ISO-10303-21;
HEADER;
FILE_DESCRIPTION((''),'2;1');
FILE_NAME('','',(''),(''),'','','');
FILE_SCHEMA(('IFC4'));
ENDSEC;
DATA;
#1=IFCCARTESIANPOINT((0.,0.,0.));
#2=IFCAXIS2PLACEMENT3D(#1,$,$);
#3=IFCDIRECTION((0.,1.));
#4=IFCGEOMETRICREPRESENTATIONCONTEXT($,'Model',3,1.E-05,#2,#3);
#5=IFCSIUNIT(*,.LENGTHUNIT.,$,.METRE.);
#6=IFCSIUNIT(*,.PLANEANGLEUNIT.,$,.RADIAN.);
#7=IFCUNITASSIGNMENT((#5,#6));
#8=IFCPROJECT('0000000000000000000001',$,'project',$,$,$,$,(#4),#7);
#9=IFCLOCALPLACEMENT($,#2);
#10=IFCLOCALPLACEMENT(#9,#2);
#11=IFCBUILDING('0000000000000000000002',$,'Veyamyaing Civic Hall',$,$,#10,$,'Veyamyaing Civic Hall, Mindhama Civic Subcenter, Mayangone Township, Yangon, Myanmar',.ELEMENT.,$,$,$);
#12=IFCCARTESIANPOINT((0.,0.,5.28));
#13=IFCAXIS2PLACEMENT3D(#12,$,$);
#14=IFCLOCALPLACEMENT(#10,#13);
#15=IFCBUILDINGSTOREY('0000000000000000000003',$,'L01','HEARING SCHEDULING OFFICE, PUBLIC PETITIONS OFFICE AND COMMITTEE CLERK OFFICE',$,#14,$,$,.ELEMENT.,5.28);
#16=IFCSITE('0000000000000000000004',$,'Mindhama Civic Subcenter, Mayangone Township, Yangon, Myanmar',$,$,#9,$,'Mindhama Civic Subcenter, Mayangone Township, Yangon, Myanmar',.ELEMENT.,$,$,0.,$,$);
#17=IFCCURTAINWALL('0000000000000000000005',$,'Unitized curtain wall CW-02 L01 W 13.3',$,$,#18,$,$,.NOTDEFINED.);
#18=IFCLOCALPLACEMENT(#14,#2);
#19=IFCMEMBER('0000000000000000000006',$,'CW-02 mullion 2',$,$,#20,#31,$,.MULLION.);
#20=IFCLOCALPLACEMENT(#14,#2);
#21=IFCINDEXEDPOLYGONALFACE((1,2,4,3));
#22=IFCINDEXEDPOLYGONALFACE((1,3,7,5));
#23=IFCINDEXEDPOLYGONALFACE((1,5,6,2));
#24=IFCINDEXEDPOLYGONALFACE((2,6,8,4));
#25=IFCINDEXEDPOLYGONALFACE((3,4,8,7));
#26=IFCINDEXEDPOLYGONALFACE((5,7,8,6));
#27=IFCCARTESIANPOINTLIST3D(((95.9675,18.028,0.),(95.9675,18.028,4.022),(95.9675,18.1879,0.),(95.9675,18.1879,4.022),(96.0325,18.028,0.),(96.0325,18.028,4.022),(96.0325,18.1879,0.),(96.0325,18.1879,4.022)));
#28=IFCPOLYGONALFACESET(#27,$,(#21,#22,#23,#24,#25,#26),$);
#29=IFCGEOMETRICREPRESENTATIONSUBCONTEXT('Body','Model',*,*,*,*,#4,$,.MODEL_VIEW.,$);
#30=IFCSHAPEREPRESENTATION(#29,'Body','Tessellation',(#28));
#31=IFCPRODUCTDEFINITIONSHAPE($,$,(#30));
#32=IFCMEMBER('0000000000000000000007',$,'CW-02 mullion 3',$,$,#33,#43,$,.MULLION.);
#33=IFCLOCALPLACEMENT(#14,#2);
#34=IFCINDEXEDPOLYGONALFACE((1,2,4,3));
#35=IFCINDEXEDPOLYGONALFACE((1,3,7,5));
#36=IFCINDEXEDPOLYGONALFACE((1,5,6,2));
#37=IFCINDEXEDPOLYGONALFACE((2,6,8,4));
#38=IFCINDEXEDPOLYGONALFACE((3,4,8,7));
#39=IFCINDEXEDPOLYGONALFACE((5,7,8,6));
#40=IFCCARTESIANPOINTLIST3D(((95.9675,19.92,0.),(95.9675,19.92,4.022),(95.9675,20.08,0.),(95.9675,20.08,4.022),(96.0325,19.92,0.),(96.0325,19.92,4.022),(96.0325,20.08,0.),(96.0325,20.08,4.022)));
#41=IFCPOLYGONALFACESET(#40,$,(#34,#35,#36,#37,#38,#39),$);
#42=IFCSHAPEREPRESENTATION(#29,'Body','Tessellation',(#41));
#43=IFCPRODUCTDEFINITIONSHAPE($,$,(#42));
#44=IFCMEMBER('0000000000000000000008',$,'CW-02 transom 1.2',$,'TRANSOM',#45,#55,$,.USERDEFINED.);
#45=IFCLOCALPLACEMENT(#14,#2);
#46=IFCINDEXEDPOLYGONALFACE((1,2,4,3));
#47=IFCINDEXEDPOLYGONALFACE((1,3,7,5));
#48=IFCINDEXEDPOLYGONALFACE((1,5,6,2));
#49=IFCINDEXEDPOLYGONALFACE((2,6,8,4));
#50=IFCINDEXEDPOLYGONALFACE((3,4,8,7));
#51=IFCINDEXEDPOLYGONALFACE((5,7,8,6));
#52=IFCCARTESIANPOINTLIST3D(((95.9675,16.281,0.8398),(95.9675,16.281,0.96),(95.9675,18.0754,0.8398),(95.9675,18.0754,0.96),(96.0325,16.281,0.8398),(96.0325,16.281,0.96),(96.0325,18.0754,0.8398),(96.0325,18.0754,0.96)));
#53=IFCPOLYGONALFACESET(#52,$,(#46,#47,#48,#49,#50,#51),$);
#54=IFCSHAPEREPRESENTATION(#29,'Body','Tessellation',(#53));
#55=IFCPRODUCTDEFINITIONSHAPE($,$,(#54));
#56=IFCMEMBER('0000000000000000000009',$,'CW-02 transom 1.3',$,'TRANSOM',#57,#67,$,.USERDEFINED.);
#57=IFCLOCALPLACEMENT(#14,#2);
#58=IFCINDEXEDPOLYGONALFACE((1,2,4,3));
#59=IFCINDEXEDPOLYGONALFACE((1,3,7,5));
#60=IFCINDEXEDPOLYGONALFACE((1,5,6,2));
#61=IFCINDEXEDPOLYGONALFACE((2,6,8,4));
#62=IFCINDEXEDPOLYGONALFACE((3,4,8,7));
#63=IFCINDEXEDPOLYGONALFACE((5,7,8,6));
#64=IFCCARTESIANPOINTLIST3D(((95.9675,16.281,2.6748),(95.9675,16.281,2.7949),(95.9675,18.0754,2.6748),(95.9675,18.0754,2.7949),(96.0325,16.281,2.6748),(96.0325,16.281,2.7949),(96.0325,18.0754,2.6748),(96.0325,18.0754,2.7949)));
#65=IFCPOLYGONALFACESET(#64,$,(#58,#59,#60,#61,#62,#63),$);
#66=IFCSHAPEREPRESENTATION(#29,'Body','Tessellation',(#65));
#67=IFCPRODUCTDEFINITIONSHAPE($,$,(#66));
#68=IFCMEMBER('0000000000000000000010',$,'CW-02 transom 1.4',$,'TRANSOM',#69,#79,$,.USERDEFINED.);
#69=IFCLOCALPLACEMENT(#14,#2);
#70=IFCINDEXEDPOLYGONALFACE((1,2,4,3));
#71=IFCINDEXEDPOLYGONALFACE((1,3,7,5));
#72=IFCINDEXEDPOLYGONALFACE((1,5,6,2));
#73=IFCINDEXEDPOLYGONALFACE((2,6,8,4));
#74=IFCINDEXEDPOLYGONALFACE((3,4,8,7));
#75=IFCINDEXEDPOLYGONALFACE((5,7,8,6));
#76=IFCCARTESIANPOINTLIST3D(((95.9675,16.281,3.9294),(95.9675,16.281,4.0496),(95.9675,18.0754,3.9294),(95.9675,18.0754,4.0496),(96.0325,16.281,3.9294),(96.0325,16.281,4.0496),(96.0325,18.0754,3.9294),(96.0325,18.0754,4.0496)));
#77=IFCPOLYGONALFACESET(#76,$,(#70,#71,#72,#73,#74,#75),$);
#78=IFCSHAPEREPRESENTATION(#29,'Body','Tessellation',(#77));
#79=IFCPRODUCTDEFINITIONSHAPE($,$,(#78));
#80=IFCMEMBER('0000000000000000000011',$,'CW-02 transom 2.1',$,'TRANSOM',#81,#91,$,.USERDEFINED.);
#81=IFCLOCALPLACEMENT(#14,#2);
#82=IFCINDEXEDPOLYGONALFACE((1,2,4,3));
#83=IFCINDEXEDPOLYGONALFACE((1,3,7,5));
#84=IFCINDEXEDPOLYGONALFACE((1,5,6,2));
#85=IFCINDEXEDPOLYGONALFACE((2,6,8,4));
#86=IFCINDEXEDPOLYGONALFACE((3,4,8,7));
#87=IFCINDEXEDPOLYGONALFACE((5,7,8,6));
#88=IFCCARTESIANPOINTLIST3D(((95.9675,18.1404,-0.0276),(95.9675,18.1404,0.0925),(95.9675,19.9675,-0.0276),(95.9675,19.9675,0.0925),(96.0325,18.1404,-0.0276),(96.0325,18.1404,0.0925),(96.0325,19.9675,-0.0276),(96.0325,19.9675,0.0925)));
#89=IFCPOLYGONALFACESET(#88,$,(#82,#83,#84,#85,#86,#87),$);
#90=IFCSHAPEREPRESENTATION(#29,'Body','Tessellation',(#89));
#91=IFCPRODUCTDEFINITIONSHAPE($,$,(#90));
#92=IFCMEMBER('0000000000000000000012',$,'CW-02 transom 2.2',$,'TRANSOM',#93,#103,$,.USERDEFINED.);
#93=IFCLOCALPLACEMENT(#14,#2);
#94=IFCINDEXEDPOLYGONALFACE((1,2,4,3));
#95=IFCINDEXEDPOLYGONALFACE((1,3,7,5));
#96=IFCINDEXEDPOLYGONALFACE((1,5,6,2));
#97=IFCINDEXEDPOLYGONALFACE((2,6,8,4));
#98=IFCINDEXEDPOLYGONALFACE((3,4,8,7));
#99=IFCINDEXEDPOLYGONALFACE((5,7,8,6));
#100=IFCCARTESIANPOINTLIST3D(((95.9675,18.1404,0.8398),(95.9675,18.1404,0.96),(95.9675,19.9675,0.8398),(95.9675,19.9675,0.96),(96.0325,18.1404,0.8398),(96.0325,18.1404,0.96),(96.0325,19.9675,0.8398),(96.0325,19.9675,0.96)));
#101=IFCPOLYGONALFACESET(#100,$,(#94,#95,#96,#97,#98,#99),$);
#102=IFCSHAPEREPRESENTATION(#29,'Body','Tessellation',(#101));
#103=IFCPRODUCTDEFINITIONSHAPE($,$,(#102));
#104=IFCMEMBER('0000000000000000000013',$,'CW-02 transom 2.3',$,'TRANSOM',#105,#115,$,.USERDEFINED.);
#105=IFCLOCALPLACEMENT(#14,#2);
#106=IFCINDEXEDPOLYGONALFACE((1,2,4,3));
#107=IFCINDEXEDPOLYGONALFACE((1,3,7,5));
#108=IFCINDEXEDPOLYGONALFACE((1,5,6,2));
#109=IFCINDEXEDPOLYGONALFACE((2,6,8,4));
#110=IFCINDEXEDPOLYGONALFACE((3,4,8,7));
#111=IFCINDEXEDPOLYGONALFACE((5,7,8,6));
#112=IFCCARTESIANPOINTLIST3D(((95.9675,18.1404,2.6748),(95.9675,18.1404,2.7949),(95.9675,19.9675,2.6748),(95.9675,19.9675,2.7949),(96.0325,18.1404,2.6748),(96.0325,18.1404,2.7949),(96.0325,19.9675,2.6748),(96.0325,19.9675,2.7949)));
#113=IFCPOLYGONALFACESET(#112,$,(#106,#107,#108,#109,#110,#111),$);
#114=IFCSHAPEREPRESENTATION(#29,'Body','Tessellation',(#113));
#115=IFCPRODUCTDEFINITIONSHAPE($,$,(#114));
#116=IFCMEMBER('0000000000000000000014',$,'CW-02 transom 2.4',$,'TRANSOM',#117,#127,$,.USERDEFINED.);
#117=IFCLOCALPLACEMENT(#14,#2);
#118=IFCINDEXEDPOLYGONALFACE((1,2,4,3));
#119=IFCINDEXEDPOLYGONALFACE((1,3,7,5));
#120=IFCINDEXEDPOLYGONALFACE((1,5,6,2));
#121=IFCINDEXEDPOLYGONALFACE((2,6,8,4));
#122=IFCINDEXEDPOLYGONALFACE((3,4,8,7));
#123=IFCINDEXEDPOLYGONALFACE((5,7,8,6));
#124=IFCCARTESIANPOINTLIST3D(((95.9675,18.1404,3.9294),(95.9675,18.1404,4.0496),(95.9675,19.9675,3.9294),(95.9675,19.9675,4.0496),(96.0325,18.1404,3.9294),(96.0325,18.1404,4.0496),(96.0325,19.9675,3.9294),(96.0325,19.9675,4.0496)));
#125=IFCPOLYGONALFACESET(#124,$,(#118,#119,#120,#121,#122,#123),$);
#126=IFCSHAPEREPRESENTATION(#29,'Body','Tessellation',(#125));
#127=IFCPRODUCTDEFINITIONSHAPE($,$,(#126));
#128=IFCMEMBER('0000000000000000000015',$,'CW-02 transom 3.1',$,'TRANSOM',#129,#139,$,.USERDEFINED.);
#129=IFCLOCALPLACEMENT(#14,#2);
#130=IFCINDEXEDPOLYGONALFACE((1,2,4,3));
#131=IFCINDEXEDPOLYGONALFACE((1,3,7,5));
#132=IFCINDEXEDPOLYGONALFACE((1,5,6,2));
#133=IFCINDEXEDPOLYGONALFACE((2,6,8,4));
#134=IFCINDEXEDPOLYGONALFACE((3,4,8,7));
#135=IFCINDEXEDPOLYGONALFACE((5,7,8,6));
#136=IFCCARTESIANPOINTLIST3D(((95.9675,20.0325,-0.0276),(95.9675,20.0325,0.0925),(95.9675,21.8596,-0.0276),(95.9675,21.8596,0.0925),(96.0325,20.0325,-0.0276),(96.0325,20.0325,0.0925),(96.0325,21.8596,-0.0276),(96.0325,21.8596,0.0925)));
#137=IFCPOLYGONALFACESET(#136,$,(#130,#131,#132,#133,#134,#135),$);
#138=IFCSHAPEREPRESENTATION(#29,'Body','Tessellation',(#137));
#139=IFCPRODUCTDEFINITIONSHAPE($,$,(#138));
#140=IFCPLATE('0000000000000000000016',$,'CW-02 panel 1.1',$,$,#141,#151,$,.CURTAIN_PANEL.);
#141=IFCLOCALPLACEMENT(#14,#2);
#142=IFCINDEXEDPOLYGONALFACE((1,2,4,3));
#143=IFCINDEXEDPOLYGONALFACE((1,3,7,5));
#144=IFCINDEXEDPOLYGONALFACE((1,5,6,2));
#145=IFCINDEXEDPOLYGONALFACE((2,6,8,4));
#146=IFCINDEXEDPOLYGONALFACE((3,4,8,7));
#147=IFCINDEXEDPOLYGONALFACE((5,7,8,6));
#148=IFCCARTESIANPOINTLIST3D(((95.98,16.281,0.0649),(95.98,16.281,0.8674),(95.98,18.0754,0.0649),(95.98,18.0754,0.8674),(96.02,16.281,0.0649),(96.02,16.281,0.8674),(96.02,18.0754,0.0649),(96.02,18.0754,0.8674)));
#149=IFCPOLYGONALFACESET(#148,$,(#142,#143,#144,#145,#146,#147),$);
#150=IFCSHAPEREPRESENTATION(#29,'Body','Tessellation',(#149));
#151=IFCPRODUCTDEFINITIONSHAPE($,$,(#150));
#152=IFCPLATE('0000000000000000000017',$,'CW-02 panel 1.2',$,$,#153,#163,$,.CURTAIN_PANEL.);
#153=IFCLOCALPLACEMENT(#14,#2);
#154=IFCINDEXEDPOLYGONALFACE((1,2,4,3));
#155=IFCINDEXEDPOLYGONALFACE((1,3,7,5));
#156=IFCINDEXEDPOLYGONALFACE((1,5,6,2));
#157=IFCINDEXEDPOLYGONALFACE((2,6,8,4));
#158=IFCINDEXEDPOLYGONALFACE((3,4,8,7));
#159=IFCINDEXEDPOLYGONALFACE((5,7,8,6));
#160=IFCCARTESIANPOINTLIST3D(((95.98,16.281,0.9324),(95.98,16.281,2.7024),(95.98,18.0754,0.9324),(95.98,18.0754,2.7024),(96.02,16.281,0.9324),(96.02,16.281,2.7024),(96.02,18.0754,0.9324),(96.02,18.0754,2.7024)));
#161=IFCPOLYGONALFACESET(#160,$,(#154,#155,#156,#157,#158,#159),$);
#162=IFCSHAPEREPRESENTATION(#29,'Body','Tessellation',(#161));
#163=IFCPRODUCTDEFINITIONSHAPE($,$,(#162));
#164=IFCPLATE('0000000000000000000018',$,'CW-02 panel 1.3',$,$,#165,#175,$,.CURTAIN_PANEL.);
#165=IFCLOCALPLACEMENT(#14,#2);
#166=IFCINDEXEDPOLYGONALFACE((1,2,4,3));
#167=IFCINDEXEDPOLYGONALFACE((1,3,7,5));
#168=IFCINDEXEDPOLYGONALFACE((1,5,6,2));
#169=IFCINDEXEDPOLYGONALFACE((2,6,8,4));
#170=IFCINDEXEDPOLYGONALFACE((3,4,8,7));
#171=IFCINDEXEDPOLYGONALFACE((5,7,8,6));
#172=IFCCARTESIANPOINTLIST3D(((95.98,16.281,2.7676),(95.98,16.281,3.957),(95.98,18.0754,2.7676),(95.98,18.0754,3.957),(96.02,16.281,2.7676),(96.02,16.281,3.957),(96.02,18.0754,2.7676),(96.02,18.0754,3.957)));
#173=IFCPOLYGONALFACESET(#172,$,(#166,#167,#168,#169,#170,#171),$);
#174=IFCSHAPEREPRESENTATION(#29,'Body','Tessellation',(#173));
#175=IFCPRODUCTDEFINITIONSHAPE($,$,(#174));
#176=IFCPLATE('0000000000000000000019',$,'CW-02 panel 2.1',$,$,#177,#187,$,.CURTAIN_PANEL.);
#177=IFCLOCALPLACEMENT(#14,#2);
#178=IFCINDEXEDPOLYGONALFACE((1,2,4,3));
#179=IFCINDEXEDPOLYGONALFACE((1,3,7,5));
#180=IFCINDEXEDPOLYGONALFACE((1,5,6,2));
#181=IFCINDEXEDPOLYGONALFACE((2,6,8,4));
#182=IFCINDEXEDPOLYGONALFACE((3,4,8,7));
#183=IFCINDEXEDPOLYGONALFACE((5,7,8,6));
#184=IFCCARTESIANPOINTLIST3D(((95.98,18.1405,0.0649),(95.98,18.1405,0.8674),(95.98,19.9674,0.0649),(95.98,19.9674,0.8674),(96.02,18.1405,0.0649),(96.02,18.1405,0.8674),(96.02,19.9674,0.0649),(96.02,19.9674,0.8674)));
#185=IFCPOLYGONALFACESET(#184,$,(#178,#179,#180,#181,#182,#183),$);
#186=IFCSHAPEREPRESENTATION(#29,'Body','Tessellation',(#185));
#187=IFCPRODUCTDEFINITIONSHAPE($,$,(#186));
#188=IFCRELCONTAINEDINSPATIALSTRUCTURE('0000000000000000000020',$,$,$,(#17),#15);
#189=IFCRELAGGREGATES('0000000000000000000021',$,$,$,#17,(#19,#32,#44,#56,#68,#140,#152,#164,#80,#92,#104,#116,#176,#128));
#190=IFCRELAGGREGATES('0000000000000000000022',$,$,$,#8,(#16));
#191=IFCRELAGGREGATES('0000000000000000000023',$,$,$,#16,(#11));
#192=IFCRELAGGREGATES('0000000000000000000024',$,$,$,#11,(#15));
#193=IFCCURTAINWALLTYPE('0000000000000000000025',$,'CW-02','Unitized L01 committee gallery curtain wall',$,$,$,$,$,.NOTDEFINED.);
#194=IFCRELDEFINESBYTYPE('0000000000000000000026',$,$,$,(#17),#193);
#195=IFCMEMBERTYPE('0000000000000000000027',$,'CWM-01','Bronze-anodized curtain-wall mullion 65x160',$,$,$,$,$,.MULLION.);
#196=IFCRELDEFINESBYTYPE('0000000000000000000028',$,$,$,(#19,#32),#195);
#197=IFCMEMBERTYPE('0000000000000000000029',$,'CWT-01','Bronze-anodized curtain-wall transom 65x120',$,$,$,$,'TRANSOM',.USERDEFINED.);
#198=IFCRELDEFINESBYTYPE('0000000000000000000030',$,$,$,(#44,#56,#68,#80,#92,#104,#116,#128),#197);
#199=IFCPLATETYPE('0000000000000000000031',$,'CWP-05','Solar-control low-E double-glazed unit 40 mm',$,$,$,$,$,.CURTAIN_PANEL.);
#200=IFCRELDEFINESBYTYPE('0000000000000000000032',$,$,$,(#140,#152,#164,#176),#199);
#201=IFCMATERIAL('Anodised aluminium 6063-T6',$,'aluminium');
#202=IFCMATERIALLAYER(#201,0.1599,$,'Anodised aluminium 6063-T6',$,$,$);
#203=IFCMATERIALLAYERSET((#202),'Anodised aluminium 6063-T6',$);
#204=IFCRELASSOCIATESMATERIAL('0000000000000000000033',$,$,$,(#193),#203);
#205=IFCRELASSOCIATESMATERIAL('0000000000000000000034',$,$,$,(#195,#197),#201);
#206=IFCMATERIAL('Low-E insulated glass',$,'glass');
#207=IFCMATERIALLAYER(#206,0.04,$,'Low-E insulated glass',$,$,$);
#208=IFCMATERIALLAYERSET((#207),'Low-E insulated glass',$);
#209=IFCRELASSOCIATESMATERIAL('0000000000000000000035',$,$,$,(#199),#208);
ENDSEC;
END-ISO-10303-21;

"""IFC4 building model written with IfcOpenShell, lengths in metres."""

from ifc_helpers import new_model, si_unit, direction, frame, origin, origin_2d, place, context, subcontext, project, spatial, rectangle, extrude, material, layer, layer_set, material_profile, profile_set, type_object, element, aggregate, save


model = new_model("IFC4")

# Units and contexts
model_context = context("Model", 3, precision=1e-05, world=origin(), true_north=direction((0.0, 1.0)))
body_context = subcontext(model_context, "Body", "Model", "MODEL_VIEW")
ifc_project = project(units=[si_unit("LENGTHUNIT", "METRE"), si_unit("PLANEANGLEUNIT", "RADIAN")], contexts=[model_context])

# Site, building, storey
site_placement = place(None, origin())
site = spatial("IfcSite", under=ifc_project, at=site_placement, Name="Mindhama Civic Subcenter, Mayangone Township, Yangon, Myanmar", LongName="Mindhama Civic Subcenter, Mayangone Township, Yangon, Myanmar", CompositionType="ELEMENT", RefElevation=0.0)
building_placement = place(site_placement, origin())
building = spatial("IfcBuilding", under=site, at=building_placement, Name="Veyamyaing Civic Hall", LongName="Veyamyaing Civic Hall, Mindhama Civic Subcenter, Mayangone Township, Yangon, Myanmar", CompositionType="ELEMENT")
storey_placement = place(building_placement, frame((0.0, 0.0, 5.28)))
storey = spatial("IfcBuildingStorey", under=building, at=storey_placement, Name="L01", Description="HEARING SCHEDULING OFFICE, PUBLIC PETITIONS OFFICE AND COMMITTEE CLERK OFFICE", CompositionType="ELEMENT", Elevation=5.28)

# Curtain wall, members, plates
ifc_material_1 = material(Name="Anodised aluminium 6063-T6", Category="aluminium")
ifc_layer_1 = layer(ifc_material_1, 0.1599, Name="Anodised aluminium 6063-T6")
ifc_layer_set_1 = layer_set([ifc_layer_1], Name="Anodised aluminium 6063-T6")
curtain_wall_type = type_object("IfcCurtainWallType", Name="CW-02", Description="Unitized L01 committee gallery curtain wall", PredefinedType="NOTDEFINED", material=ifc_layer_set_1)
curtain_wall_placement = place(storey_placement, origin())
curtain_wall = element("IfcCurtainWall", 1, at=curtain_wall_placement, inside=storey, type_object=curtain_wall_type, Name="Unitized curtain wall CW-02 L01 W 13.3", PredefinedType="NOTDEFINED")
ifc_material_profile_1 = material_profile(ifc_material_1, rectangle(XDim=0.0649, YDim=0.1599, at=origin_2d()), Name="ALU-MUL-65X160")
ifc_profile_set_1 = profile_set([ifc_material_profile_1], Name="Anodised aluminium 6063-T6")
member_type_1 = type_object("IfcMemberType", Name="CWM-01", Description="Bronze-anodized curtain-wall mullion 65x160", PredefinedType="MULLION", material=ifc_profile_set_1)
member_1_placement = place(storey_placement, frame((96.0, 18.1079, 0.0), z_axis=(0.0, 0.0, 1.0), x_axis=(-1.0, 0.0, 0.0)))
member_1 = element("IfcMember", 2, at=member_1_placement, type_object=member_type_1, Name="CW-02 mullion 2", PredefinedType="MULLION", context=body_context, shape_type="SweptSolid", body=[
    extrude(rectangle(XDim=0.0649, YDim=0.1599, at=origin_2d()), origin(), (0.0, 0.0, 1.0), 4.022),
])
member_2_placement = place(storey_placement, frame((96.0, 20.0, 0.0), z_axis=(0.0, 0.0, 1.0), x_axis=(-1.0, 0.0, 0.0)))
member_2 = element("IfcMember", 3, at=member_2_placement, type_object=member_type_1, Name="CW-02 mullion 3", PredefinedType="MULLION", context=body_context, shape_type="SweptSolid", body=[
    extrude(rectangle(XDim=0.0649, YDim=0.1599, at=origin_2d()), origin(), (0.0, 0.0, 1.0), 4.022),
])
ifc_material_profile_2 = material_profile(ifc_material_1, rectangle(XDim=0.0649, YDim=0.1201, at=origin_2d()), Name="ALU-TRN-65X120")
ifc_profile_set_2 = profile_set([ifc_material_profile_2], Name="Anodised aluminium 6063-T6")
member_type_2 = type_object("IfcMemberType", Name="CWT-01", Description="Bronze-anodized curtain-wall transom 65x120", ElementType="TRANSOM", PredefinedType="USERDEFINED", material=ifc_profile_set_2)
member_3_placement = place(storey_placement, frame((96.0, 16.281, 0.8999), z_axis=(0.0, 1.0, 0.0), x_axis=(-1.0, 0.0, 0.0)))
member_3 = element("IfcMember", 4, at=member_3_placement, type_object=member_type_2, Name="CW-02 transom 1.2", ObjectType="TRANSOM", PredefinedType="USERDEFINED", context=body_context, shape_type="SweptSolid", body=[
    extrude(rectangle(XDim=0.0649, YDim=0.1201, at=origin_2d()), origin(), (0.0, 0.0, 1.0), 1.7944),
])
member_4_placement = place(storey_placement, frame((96.0, 16.281, 2.7349), z_axis=(0.0, 1.0, 0.0), x_axis=(-1.0, 0.0, 0.0)))
member_4 = element("IfcMember", 5, at=member_4_placement, type_object=member_type_2, Name="CW-02 transom 1.3", ObjectType="TRANSOM", PredefinedType="USERDEFINED", context=body_context, shape_type="SweptSolid", body=[
    extrude(rectangle(XDim=0.0649, YDim=0.1201, at=origin_2d()), origin(), (0.0, 0.0, 1.0), 1.7944),
])
member_5_placement = place(storey_placement, frame((96.0, 16.281, 3.9895), z_axis=(0.0, 1.0, 0.0), x_axis=(-1.0, 0.0, 0.0)))
member_5 = element("IfcMember", 6, at=member_5_placement, type_object=member_type_2, Name="CW-02 transom 1.4", ObjectType="TRANSOM", PredefinedType="USERDEFINED", context=body_context, shape_type="SweptSolid", body=[
    extrude(rectangle(XDim=0.0649, YDim=0.1201, at=origin_2d()), origin(), (0.0, 0.0, 1.0), 1.7944),
])
member_6_placement = place(storey_placement, frame((96.0, 18.1404, 0.0325), z_axis=(0.0, 1.0, 0.0), x_axis=(-1.0, 0.0, 0.0)))
member_6 = element("IfcMember", 7, at=member_6_placement, type_object=member_type_2, Name="CW-02 transom 2.1", ObjectType="TRANSOM", PredefinedType="USERDEFINED", context=body_context, shape_type="SweptSolid", body=[
    extrude(rectangle(XDim=0.0649, YDim=0.1201, at=origin_2d()), origin(), (0.0, 0.0, 1.0), 1.8271),
])
member_7_placement = place(storey_placement, frame((96.0, 18.1404, 0.8999), z_axis=(0.0, 1.0, 0.0), x_axis=(-1.0, 0.0, 0.0)))
member_7 = element("IfcMember", 8, at=member_7_placement, type_object=member_type_2, Name="CW-02 transom 2.2", ObjectType="TRANSOM", PredefinedType="USERDEFINED", context=body_context, shape_type="SweptSolid", body=[
    extrude(rectangle(XDim=0.0649, YDim=0.1201, at=origin_2d()), origin(), (0.0, 0.0, 1.0), 1.8271),
])
member_8_placement = place(storey_placement, frame((96.0, 18.1404, 2.7349), z_axis=(0.0, 1.0, 0.0), x_axis=(-1.0, 0.0, 0.0)))
member_8 = element("IfcMember", 9, at=member_8_placement, type_object=member_type_2, Name="CW-02 transom 2.3", ObjectType="TRANSOM", PredefinedType="USERDEFINED", context=body_context, shape_type="SweptSolid", body=[
    extrude(rectangle(XDim=0.0649, YDim=0.1201, at=origin_2d()), origin(), (0.0, 0.0, 1.0), 1.8271),
])
member_9_placement = place(storey_placement, frame((96.0, 18.1404, 3.9895), z_axis=(0.0, 1.0, 0.0), x_axis=(-1.0, 0.0, 0.0)))
member_9 = element("IfcMember", 10, at=member_9_placement, type_object=member_type_2, Name="CW-02 transom 2.4", ObjectType="TRANSOM", PredefinedType="USERDEFINED", context=body_context, shape_type="SweptSolid", body=[
    extrude(rectangle(XDim=0.0649, YDim=0.1201, at=origin_2d()), origin(), (0.0, 0.0, 1.0), 1.8271),
])
member_10_placement = place(storey_placement, frame((96.0, 20.0325, 0.0325), z_axis=(0.0, 1.0, 0.0), x_axis=(-1.0, 0.0, 0.0)))
member_10 = element("IfcMember", 11, at=member_10_placement, type_object=member_type_2, Name="CW-02 transom 3.1", ObjectType="TRANSOM", PredefinedType="USERDEFINED", context=body_context, shape_type="SweptSolid", body=[
    extrude(rectangle(XDim=0.0649, YDim=0.1201, at=origin_2d()), origin(), (0.0, 0.0, 1.0), 1.8271),
])
ifc_material_2 = material(Name="Low-E insulated glass", Category="glass")
ifc_layer_2 = layer(ifc_material_2, 0.04, Name="Low-E insulated glass")
ifc_layer_set_2 = layer_set([ifc_layer_2], Name="Low-E insulated glass")
plate_type = type_object("IfcPlateType", Name="CWP-05", Description="Solar-control low-E double-glazed unit 40 mm", PredefinedType="CURTAIN_PANEL", material=ifc_layer_set_2)
plate_1_placement = place(storey_placement, frame((96.0, 17.1782, 0.0649), z_axis=(0.0, 0.0, 1.0), x_axis=(0.0, 1.0, 0.0)))
plate_1 = element("IfcPlate", 12, at=plate_1_placement, type_object=plate_type, Name="CW-02 panel 1.1", PredefinedType="CURTAIN_PANEL", context=body_context, shape_type="SweptSolid", body=[
    extrude(rectangle(XDim=1.7944, YDim=0.04, at=origin_2d()), origin(), (0.0, 0.0, 1.0), 0.8025),
])
plate_2_placement = place(storey_placement, frame((96.0, 17.1782, 0.9324), z_axis=(0.0, 0.0, 1.0), x_axis=(0.0, 1.0, 0.0)))
plate_2 = element("IfcPlate", 13, at=plate_2_placement, type_object=plate_type, Name="CW-02 panel 1.2", PredefinedType="CURTAIN_PANEL", context=body_context, shape_type="SweptSolid", body=[
    extrude(rectangle(XDim=1.7944, YDim=0.04, at=origin_2d()), origin(), (0.0, 0.0, 1.0), 1.77),
])
plate_3_placement = place(storey_placement, frame((96.0, 17.1782, 2.7676), z_axis=(0.0, 0.0, 1.0), x_axis=(0.0, 1.0, 0.0)))
plate_3 = element("IfcPlate", 14, at=plate_3_placement, type_object=plate_type, Name="CW-02 panel 1.3", PredefinedType="CURTAIN_PANEL", context=body_context, shape_type="SweptSolid", body=[
    extrude(rectangle(XDim=1.7944, YDim=0.04, at=origin_2d()), origin(), (0.0, 0.0, 1.0), 1.1895),
])
plate_4_placement = place(storey_placement, frame((96.0, 19.054, 0.0649), z_axis=(0.0, 0.0, 1.0), x_axis=(0.0, 1.0, 0.0)))
plate_4 = element("IfcPlate", 15, at=plate_4_placement, type_object=plate_type, Name="CW-02 panel 2.1", PredefinedType="CURTAIN_PANEL", context=body_context, shape_type="SweptSolid", body=[
    extrude(rectangle(XDim=1.8269, YDim=0.04, at=origin_2d()), origin(), (0.0, 0.0, 1.0), 0.8025),
])
aggregate(curtain_wall, [member_1, member_2, member_3, member_4, member_5, plate_1, plate_2, plate_3, member_6, member_7, member_8, member_9, plate_4, member_10])

save(model, "model.ifc")
